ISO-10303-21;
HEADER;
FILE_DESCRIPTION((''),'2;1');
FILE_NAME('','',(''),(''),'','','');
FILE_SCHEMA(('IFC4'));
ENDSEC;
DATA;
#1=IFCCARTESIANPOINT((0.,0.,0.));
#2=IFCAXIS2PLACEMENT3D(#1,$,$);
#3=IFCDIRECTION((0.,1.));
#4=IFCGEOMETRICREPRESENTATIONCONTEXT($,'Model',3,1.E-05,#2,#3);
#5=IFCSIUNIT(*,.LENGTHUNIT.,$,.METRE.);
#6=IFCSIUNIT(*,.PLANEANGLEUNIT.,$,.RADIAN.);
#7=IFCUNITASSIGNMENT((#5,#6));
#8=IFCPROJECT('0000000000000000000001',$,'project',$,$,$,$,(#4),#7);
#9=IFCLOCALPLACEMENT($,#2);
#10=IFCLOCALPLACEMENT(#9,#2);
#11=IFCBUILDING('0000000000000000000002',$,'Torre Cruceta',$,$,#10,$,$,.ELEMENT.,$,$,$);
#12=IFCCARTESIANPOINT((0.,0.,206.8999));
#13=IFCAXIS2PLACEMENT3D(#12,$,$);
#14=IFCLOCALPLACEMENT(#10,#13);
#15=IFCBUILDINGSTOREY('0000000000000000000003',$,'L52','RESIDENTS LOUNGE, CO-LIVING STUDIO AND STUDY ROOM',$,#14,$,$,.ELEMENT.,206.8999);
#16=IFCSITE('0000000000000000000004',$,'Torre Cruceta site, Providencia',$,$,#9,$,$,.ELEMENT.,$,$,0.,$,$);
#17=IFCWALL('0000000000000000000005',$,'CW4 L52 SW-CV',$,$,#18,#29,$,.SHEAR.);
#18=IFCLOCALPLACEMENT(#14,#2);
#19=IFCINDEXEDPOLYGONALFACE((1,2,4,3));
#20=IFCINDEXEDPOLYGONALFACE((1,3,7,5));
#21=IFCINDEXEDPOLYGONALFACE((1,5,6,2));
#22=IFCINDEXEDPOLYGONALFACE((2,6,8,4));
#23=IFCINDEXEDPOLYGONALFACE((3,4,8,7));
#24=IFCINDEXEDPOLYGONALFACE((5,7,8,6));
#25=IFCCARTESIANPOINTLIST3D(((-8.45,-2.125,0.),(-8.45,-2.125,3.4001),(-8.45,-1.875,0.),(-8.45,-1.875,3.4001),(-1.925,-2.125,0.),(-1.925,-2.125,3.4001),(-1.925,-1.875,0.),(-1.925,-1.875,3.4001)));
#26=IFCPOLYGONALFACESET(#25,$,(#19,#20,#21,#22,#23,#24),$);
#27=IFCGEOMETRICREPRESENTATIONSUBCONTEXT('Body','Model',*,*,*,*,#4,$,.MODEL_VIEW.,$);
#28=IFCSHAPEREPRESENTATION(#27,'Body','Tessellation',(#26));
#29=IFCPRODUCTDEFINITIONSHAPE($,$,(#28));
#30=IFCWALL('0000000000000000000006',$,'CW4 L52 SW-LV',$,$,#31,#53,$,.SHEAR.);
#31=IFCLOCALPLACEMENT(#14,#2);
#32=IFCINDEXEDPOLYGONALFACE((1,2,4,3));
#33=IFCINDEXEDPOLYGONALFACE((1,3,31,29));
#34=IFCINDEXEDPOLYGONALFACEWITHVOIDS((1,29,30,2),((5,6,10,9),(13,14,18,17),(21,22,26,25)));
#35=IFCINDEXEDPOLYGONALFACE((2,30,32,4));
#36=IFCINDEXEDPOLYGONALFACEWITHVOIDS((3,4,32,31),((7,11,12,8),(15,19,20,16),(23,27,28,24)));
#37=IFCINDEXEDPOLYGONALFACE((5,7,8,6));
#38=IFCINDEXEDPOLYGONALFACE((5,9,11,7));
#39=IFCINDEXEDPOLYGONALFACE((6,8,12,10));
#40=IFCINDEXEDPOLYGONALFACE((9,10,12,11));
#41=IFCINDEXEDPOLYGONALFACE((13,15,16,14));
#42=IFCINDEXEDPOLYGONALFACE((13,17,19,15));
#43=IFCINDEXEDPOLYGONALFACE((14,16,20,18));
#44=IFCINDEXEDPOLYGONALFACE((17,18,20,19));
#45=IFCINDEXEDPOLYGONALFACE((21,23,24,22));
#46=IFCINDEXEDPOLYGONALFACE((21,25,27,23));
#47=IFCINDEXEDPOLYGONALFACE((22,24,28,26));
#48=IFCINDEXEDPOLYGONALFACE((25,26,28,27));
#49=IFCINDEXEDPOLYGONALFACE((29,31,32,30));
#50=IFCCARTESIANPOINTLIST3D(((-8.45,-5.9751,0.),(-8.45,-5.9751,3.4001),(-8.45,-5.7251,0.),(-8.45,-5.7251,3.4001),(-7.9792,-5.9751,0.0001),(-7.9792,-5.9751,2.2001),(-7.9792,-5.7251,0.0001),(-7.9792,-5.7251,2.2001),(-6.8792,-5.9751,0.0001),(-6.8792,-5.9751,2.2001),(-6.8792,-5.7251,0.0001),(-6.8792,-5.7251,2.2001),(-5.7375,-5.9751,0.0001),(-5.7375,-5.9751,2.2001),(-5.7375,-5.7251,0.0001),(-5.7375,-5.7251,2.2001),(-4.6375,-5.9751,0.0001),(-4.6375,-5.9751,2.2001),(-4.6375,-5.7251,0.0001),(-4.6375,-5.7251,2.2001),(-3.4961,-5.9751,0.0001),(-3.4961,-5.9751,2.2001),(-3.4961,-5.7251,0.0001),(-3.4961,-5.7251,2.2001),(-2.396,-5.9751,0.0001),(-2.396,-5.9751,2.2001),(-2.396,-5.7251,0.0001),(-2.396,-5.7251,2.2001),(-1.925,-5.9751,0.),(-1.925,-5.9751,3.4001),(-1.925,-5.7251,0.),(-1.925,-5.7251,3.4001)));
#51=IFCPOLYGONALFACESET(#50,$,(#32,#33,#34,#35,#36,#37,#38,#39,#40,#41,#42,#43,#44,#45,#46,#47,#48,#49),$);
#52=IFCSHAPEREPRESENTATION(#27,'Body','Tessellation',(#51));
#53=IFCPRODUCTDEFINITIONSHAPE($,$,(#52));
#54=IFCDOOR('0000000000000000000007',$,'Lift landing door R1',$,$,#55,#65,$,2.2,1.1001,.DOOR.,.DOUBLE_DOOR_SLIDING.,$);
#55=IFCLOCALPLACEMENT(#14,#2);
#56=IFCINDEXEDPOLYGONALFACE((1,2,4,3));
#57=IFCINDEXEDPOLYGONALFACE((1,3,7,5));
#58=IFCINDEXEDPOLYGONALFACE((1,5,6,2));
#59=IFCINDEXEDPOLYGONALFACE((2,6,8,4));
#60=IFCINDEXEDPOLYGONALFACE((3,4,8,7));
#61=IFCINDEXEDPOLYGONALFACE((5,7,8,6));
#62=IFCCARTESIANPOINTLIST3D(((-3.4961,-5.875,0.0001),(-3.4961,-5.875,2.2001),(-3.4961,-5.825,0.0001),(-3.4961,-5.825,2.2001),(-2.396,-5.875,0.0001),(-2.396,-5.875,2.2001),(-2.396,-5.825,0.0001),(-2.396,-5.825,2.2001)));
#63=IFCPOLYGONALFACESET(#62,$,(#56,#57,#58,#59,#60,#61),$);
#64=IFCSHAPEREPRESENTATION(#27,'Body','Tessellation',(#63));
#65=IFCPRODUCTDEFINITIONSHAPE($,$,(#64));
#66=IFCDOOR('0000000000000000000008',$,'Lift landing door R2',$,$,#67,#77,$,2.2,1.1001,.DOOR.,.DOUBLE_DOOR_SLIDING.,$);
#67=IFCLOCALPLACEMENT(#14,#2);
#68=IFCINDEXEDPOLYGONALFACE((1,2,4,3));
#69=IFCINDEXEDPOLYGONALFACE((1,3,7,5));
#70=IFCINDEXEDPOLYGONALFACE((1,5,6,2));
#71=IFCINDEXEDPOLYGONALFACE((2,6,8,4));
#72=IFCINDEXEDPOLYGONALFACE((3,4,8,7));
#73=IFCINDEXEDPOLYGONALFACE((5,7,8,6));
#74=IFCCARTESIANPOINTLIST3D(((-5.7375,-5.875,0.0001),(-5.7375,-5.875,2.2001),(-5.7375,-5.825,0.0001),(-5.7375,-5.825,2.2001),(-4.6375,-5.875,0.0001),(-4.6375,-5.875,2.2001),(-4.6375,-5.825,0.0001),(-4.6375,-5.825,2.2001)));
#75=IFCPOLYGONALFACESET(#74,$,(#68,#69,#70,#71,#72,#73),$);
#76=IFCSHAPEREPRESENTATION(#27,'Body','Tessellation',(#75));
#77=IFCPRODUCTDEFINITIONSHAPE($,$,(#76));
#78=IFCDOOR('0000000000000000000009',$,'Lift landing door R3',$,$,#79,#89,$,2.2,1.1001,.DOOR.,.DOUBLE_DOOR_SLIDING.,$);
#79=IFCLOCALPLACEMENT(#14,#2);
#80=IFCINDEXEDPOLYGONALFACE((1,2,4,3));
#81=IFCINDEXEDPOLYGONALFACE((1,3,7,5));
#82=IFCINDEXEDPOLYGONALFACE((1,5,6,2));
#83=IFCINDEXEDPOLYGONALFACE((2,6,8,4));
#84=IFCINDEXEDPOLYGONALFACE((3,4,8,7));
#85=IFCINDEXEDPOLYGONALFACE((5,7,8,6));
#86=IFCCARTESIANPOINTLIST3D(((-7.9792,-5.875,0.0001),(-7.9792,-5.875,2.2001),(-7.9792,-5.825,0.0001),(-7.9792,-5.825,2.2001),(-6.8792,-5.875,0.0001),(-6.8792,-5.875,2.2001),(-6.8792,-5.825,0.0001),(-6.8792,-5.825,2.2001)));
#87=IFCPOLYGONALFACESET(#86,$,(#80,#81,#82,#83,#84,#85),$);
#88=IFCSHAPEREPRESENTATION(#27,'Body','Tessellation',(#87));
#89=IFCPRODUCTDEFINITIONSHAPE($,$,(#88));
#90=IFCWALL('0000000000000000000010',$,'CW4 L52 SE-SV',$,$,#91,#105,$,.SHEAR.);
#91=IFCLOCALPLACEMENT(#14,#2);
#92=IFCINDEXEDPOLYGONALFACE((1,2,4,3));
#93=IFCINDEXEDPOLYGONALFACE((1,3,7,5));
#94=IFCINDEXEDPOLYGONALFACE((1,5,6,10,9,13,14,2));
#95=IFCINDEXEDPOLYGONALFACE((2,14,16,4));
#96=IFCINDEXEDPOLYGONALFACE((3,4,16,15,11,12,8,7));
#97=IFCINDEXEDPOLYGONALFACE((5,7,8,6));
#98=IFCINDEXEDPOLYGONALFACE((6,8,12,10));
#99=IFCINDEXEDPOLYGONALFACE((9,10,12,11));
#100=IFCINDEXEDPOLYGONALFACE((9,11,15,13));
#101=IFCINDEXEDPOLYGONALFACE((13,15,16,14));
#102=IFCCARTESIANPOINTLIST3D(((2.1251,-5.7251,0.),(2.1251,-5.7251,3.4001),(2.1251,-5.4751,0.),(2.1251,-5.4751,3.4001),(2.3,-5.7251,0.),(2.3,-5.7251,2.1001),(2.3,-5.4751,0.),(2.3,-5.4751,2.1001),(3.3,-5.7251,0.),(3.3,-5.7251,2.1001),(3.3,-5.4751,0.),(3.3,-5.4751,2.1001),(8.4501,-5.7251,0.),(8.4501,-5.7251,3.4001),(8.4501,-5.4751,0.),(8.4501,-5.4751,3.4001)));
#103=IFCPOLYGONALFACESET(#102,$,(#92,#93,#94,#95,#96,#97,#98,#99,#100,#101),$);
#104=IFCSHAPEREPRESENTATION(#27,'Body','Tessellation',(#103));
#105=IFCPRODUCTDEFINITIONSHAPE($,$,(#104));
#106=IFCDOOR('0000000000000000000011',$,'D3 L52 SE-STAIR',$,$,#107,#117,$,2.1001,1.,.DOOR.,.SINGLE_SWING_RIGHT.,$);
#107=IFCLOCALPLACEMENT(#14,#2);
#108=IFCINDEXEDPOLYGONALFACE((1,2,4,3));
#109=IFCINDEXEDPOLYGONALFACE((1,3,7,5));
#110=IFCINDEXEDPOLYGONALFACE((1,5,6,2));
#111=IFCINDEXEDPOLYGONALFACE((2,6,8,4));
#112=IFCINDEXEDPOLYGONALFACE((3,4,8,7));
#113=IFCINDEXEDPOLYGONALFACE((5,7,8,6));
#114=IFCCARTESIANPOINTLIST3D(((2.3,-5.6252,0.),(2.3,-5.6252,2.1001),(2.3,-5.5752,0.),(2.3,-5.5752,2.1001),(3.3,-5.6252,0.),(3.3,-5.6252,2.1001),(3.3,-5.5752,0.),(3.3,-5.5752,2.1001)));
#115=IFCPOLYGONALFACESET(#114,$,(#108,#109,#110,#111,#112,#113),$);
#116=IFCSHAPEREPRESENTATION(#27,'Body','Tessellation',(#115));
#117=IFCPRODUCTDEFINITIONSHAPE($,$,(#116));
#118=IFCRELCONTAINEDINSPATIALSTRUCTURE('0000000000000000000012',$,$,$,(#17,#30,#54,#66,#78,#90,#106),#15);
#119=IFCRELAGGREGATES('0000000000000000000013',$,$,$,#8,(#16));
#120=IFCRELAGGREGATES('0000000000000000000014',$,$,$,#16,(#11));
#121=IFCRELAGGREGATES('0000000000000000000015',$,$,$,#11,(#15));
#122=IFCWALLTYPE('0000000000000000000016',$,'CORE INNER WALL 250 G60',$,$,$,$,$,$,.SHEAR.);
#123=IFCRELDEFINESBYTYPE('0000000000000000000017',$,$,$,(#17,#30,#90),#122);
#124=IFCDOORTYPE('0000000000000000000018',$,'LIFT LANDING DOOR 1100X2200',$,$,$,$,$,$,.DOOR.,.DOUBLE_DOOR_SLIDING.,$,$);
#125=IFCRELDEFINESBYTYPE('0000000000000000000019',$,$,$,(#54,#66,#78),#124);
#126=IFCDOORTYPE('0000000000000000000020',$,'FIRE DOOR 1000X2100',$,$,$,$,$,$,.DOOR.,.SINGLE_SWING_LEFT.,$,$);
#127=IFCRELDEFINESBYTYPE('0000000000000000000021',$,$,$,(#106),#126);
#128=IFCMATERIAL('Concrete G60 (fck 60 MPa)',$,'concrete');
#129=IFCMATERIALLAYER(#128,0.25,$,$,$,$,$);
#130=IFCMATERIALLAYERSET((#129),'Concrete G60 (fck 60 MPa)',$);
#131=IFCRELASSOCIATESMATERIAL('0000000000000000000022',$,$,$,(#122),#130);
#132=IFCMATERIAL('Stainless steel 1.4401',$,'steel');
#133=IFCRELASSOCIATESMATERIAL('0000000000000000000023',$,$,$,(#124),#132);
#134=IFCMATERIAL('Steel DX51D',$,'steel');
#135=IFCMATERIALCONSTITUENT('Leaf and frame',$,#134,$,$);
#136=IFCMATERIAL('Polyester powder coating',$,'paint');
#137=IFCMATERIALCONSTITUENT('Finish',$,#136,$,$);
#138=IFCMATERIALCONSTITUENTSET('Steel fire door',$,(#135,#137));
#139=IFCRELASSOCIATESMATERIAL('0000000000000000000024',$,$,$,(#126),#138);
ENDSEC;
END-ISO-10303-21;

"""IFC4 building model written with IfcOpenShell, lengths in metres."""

from ifc_helpers import new_model, si_unit, direction, frame, frame_2d, origin, place, context, subcontext, project, spatial, rectangle, extrude, material, layer, layer_set, constituent, constituent_set, type_object, element, fill, save


model = new_model("IFC4")

# Units and contexts
model_context = context("Model", 3, precision=1e-05, world=origin(), true_north=direction((0.0, 1.0)))
body_context = subcontext(model_context, "Body", "Model", "MODEL_VIEW")
ifc_project = project(units=[si_unit("LENGTHUNIT", "METRE"), si_unit("PLANEANGLEUNIT", "RADIAN")], contexts=[model_context])

# Site, building, storey
site_placement = place(None, origin())
site = spatial("IfcSite", under=ifc_project, at=site_placement, Name="Torre Cruceta site, Providencia", CompositionType="ELEMENT", RefElevation=0.0)
building_placement = place(site_placement, origin())
building = spatial("IfcBuilding", under=site, at=building_placement, Name="Torre Cruceta", CompositionType="ELEMENT")
storey_placement = place(building_placement, frame((0.0, 0.0, 206.8999)))
storey = spatial("IfcBuildingStorey", under=building, at=storey_placement, Name="L52", Description="RESIDENTS LOUNGE, CO-LIVING STUDIO AND STUDY ROOM", CompositionType="ELEMENT", Elevation=206.8999)

# Shared definitions
ifc_material_1 = material(Name="Concrete G60 (fck 60 MPa)", Category="concrete")
ifc_layer_1 = layer(ifc_material_1, 0.25)
ifc_layer_set_1 = layer_set([ifc_layer_1], Name="Concrete G60 (fck 60 MPa)")
wall_type_1 = type_object("IfcWallType", Name="CORE INNER WALL 250 G60", PredefinedType="SHEAR", material=ifc_layer_set_1)

# Wall
wall_1_placement = place(storey_placement, frame((-1.925, -2.0, 0.0), z_axis=(0.0, 0.0, 1.0), x_axis=(-1.0, 0.0, 0.0)))
element("IfcWall", 1, at=wall_1_placement, inside=storey, type_object=wall_type_1, Name="CW4 L52 SW-CV", PredefinedType="SHEAR", context=body_context, shape_type="SweptSolid", body=[
    extrude(rectangle(XDim=6.5249, YDim=0.25, at=frame_2d((3.2625, 0.0))), origin(), (0.0, 0.0, 1.0), 3.4001),
])

# Wall, openings, doors
wall_2_placement = place(storey_placement, frame((-1.925, -5.8501, 0.0), z_axis=(0.0, 0.0, 1.0), x_axis=(-1.0, 0.0, 0.0)))
wall_2 = element("IfcWall", 2, at=wall_2_placement, inside=storey, type_object=wall_type_1, Name="CW4 L52 SW-LV", PredefinedType="SHEAR", context=body_context, shape_type="SweptSolid", body=[
    extrude(rectangle(XDim=6.5249, YDim=0.25, at=frame_2d((3.2625, 0.0))), origin(), (0.0, 0.0, 1.0), 3.4001),
])
opening_1_placement = place(wall_2_placement, frame((0.4709, 0.0, 0.0)))
opening_1 = element("IfcOpeningElement", 3, at=opening_1_placement, cuts=wall_2, PredefinedType="OPENING", context=body_context, shape_type="SweptSolid", body=[
    extrude(rectangle(XDim=1.1001, YDim=2.2, at=frame_2d((0.55, 1.1001))), frame((0.0, 0.135, 0.0), z_axis=(0.0, -1.0, 0.0), x_axis=(1.0, 0.0, 0.0)), (0.0, 0.0, 1.0), 0.27),
])
opening_2_placement = place(wall_2_placement, frame((2.7124, 0.0, 0.0)))
opening_2 = element("IfcOpeningElement", 4, at=opening_2_placement, cuts=wall_2, PredefinedType="OPENING", context=body_context, shape_type="SweptSolid", body=[
    extrude(rectangle(XDim=1.1001, YDim=2.2, at=frame_2d((0.55, 1.1001))), frame((0.0, 0.135, 0.0), z_axis=(0.0, -1.0, 0.0), x_axis=(1.0, 0.0, 0.0)), (0.0, 0.0, 1.0), 0.27),
])
opening_3_placement = place(wall_2_placement, frame((4.9541, 0.0, 0.0)))
opening_3 = element("IfcOpeningElement", 5, at=opening_3_placement, cuts=wall_2, PredefinedType="OPENING", context=body_context, shape_type="SweptSolid", body=[
    extrude(rectangle(XDim=1.1001, YDim=2.2, at=frame_2d((0.55, 1.1001))), frame((0.0, 0.135, 0.0), z_axis=(0.0, -1.0, 0.0), x_axis=(1.0, 0.0, 0.0)), (0.0, 0.0, 1.0), 0.27),
])
ifc_material_2 = material(Name="Stainless steel 1.4401", Category="steel")
door_type_1 = type_object("IfcDoorType", Name="LIFT LANDING DOOR 1100X2200", OperationType="DOUBLE_DOOR_SLIDING", PredefinedType="DOOR", material=ifc_material_2)
door_1_placement = place(opening_1_placement, origin())
door_1 = element("IfcDoor", 6, at=door_1_placement, inside=storey, type_object=door_type_1, Name="Lift landing door R1", OperationType="DOUBLE_DOOR_SLIDING", OverallHeight=2.2, OverallWidth=1.1001, PredefinedType="DOOR", context=body_context, shape_type="SweptSolid", body=[
    extrude(rectangle(XDim=1.1001, YDim=2.2, at=frame_2d((0.55, 1.1001))), frame((0.0, 0.0249, 0.0), z_axis=(0.0, -1.0, 0.0), x_axis=(1.0, 0.0, 0.0)), (0.0, 0.0, 1.0), 0.05),
])
fill(opening_1, door_1)
door_2_placement = place(opening_2_placement, origin())
door_2 = element("IfcDoor", 7, at=door_2_placement, inside=storey, type_object=door_type_1, Name="Lift landing door R2", OperationType="DOUBLE_DOOR_SLIDING", OverallHeight=2.2, OverallWidth=1.1001, PredefinedType="DOOR", context=body_context, shape_type="SweptSolid", body=[
    extrude(rectangle(XDim=1.1001, YDim=2.2, at=frame_2d((0.55, 1.1001))), frame((0.0, 0.0249, 0.0), z_axis=(0.0, -1.0, 0.0), x_axis=(1.0, 0.0, 0.0)), (0.0, 0.0, 1.0), 0.05),
])
fill(opening_2, door_2)
door_3_placement = place(opening_3_placement, origin())
door_3 = element("IfcDoor", 8, at=door_3_placement, inside=storey, type_object=door_type_1, Name="Lift landing door R3", OperationType="DOUBLE_DOOR_SLIDING", OverallHeight=2.2, OverallWidth=1.1001, PredefinedType="DOOR", context=body_context, shape_type="SweptSolid", body=[
    extrude(rectangle(XDim=1.1001, YDim=2.2, at=frame_2d((0.55, 1.1001))), frame((0.0, 0.0249, 0.0), z_axis=(0.0, -1.0, 0.0), x_axis=(1.0, 0.0, 0.0)), (0.0, 0.0, 1.0), 0.05),
])
fill(opening_3, door_3)

# Wall, opening, door
wall_3_placement = place(storey_placement, frame((2.125, -5.6001, 0.0), z_axis=(0.0, 0.0, 1.0), x_axis=(1.0, 0.0, 0.0)))
wall_3 = element("IfcWall", 9, at=wall_3_placement, inside=storey, type_object=wall_type_1, Name="CW4 L52 SE-SV", PredefinedType="SHEAR", context=body_context, shape_type="SweptSolid", body=[
    extrude(rectangle(XDim=6.325, YDim=0.25, at=frame_2d((3.1626, 0.0))), origin(), (0.0, 0.0, 1.0), 3.4001),
])
opening_4_placement = place(wall_3_placement, frame((0.175, 0.0, 0.0)))
opening_4 = element("IfcOpeningElement", 10, at=opening_4_placement, cuts=wall_3, PredefinedType="OPENING", context=body_context, shape_type="SweptSolid", body=[
    extrude(rectangle(XDim=1.0, YDim=2.1001, at=frame_2d((0.5, 1.05))), frame((0.0, 0.135, 0.0), z_axis=(0.0, -1.0, 0.0), x_axis=(1.0, 0.0, 0.0)), (0.0, 0.0, 1.0), 0.27),
])
ifc_material_3 = material(Name="Steel DX51D", Category="steel")
ifc_constituent_1 = constituent(ifc_material_3, Name="Leaf and frame")
ifc_material_4 = material(Name="Polyester powder coating", Category="paint")
ifc_constituent_2 = constituent(ifc_material_4, Name="Finish")
ifc_constituent_set_1 = constituent_set(constituents=[ifc_constituent_1, ifc_constituent_2], Name="Steel fire door")
door_type_2 = type_object("IfcDoorType", Name="FIRE DOOR 1000X2100", OperationType="SINGLE_SWING_LEFT", PredefinedType="DOOR", material=ifc_constituent_set_1)
door_4_placement = place(opening_4_placement, frame((1.0, 0.0, 0.0), z_axis=(0.0, 0.0, 1.0), x_axis=(-1.0, 0.0, 0.0)))
door_4 = element("IfcDoor", 11, at=door_4_placement, inside=storey, type_object=door_type_2, Name="D3 L52 SE-STAIR", OperationType="SINGLE_SWING_RIGHT", OverallHeight=2.1001, OverallWidth=1.0, PredefinedType="DOOR", context=body_context, shape_type="SweptSolid", body=[
    extrude(rectangle(XDim=1.0, YDim=2.1001, at=frame_2d((0.5, 1.05))), frame((0.0, 0.0251, 0.0), z_axis=(0.0, -1.0, 0.0), x_axis=(1.0, 0.0, 0.0)), (0.0, 0.0, 1.0), 0.05),
])
fill(opening_4, door_4)

save(model, "model.ifc")
